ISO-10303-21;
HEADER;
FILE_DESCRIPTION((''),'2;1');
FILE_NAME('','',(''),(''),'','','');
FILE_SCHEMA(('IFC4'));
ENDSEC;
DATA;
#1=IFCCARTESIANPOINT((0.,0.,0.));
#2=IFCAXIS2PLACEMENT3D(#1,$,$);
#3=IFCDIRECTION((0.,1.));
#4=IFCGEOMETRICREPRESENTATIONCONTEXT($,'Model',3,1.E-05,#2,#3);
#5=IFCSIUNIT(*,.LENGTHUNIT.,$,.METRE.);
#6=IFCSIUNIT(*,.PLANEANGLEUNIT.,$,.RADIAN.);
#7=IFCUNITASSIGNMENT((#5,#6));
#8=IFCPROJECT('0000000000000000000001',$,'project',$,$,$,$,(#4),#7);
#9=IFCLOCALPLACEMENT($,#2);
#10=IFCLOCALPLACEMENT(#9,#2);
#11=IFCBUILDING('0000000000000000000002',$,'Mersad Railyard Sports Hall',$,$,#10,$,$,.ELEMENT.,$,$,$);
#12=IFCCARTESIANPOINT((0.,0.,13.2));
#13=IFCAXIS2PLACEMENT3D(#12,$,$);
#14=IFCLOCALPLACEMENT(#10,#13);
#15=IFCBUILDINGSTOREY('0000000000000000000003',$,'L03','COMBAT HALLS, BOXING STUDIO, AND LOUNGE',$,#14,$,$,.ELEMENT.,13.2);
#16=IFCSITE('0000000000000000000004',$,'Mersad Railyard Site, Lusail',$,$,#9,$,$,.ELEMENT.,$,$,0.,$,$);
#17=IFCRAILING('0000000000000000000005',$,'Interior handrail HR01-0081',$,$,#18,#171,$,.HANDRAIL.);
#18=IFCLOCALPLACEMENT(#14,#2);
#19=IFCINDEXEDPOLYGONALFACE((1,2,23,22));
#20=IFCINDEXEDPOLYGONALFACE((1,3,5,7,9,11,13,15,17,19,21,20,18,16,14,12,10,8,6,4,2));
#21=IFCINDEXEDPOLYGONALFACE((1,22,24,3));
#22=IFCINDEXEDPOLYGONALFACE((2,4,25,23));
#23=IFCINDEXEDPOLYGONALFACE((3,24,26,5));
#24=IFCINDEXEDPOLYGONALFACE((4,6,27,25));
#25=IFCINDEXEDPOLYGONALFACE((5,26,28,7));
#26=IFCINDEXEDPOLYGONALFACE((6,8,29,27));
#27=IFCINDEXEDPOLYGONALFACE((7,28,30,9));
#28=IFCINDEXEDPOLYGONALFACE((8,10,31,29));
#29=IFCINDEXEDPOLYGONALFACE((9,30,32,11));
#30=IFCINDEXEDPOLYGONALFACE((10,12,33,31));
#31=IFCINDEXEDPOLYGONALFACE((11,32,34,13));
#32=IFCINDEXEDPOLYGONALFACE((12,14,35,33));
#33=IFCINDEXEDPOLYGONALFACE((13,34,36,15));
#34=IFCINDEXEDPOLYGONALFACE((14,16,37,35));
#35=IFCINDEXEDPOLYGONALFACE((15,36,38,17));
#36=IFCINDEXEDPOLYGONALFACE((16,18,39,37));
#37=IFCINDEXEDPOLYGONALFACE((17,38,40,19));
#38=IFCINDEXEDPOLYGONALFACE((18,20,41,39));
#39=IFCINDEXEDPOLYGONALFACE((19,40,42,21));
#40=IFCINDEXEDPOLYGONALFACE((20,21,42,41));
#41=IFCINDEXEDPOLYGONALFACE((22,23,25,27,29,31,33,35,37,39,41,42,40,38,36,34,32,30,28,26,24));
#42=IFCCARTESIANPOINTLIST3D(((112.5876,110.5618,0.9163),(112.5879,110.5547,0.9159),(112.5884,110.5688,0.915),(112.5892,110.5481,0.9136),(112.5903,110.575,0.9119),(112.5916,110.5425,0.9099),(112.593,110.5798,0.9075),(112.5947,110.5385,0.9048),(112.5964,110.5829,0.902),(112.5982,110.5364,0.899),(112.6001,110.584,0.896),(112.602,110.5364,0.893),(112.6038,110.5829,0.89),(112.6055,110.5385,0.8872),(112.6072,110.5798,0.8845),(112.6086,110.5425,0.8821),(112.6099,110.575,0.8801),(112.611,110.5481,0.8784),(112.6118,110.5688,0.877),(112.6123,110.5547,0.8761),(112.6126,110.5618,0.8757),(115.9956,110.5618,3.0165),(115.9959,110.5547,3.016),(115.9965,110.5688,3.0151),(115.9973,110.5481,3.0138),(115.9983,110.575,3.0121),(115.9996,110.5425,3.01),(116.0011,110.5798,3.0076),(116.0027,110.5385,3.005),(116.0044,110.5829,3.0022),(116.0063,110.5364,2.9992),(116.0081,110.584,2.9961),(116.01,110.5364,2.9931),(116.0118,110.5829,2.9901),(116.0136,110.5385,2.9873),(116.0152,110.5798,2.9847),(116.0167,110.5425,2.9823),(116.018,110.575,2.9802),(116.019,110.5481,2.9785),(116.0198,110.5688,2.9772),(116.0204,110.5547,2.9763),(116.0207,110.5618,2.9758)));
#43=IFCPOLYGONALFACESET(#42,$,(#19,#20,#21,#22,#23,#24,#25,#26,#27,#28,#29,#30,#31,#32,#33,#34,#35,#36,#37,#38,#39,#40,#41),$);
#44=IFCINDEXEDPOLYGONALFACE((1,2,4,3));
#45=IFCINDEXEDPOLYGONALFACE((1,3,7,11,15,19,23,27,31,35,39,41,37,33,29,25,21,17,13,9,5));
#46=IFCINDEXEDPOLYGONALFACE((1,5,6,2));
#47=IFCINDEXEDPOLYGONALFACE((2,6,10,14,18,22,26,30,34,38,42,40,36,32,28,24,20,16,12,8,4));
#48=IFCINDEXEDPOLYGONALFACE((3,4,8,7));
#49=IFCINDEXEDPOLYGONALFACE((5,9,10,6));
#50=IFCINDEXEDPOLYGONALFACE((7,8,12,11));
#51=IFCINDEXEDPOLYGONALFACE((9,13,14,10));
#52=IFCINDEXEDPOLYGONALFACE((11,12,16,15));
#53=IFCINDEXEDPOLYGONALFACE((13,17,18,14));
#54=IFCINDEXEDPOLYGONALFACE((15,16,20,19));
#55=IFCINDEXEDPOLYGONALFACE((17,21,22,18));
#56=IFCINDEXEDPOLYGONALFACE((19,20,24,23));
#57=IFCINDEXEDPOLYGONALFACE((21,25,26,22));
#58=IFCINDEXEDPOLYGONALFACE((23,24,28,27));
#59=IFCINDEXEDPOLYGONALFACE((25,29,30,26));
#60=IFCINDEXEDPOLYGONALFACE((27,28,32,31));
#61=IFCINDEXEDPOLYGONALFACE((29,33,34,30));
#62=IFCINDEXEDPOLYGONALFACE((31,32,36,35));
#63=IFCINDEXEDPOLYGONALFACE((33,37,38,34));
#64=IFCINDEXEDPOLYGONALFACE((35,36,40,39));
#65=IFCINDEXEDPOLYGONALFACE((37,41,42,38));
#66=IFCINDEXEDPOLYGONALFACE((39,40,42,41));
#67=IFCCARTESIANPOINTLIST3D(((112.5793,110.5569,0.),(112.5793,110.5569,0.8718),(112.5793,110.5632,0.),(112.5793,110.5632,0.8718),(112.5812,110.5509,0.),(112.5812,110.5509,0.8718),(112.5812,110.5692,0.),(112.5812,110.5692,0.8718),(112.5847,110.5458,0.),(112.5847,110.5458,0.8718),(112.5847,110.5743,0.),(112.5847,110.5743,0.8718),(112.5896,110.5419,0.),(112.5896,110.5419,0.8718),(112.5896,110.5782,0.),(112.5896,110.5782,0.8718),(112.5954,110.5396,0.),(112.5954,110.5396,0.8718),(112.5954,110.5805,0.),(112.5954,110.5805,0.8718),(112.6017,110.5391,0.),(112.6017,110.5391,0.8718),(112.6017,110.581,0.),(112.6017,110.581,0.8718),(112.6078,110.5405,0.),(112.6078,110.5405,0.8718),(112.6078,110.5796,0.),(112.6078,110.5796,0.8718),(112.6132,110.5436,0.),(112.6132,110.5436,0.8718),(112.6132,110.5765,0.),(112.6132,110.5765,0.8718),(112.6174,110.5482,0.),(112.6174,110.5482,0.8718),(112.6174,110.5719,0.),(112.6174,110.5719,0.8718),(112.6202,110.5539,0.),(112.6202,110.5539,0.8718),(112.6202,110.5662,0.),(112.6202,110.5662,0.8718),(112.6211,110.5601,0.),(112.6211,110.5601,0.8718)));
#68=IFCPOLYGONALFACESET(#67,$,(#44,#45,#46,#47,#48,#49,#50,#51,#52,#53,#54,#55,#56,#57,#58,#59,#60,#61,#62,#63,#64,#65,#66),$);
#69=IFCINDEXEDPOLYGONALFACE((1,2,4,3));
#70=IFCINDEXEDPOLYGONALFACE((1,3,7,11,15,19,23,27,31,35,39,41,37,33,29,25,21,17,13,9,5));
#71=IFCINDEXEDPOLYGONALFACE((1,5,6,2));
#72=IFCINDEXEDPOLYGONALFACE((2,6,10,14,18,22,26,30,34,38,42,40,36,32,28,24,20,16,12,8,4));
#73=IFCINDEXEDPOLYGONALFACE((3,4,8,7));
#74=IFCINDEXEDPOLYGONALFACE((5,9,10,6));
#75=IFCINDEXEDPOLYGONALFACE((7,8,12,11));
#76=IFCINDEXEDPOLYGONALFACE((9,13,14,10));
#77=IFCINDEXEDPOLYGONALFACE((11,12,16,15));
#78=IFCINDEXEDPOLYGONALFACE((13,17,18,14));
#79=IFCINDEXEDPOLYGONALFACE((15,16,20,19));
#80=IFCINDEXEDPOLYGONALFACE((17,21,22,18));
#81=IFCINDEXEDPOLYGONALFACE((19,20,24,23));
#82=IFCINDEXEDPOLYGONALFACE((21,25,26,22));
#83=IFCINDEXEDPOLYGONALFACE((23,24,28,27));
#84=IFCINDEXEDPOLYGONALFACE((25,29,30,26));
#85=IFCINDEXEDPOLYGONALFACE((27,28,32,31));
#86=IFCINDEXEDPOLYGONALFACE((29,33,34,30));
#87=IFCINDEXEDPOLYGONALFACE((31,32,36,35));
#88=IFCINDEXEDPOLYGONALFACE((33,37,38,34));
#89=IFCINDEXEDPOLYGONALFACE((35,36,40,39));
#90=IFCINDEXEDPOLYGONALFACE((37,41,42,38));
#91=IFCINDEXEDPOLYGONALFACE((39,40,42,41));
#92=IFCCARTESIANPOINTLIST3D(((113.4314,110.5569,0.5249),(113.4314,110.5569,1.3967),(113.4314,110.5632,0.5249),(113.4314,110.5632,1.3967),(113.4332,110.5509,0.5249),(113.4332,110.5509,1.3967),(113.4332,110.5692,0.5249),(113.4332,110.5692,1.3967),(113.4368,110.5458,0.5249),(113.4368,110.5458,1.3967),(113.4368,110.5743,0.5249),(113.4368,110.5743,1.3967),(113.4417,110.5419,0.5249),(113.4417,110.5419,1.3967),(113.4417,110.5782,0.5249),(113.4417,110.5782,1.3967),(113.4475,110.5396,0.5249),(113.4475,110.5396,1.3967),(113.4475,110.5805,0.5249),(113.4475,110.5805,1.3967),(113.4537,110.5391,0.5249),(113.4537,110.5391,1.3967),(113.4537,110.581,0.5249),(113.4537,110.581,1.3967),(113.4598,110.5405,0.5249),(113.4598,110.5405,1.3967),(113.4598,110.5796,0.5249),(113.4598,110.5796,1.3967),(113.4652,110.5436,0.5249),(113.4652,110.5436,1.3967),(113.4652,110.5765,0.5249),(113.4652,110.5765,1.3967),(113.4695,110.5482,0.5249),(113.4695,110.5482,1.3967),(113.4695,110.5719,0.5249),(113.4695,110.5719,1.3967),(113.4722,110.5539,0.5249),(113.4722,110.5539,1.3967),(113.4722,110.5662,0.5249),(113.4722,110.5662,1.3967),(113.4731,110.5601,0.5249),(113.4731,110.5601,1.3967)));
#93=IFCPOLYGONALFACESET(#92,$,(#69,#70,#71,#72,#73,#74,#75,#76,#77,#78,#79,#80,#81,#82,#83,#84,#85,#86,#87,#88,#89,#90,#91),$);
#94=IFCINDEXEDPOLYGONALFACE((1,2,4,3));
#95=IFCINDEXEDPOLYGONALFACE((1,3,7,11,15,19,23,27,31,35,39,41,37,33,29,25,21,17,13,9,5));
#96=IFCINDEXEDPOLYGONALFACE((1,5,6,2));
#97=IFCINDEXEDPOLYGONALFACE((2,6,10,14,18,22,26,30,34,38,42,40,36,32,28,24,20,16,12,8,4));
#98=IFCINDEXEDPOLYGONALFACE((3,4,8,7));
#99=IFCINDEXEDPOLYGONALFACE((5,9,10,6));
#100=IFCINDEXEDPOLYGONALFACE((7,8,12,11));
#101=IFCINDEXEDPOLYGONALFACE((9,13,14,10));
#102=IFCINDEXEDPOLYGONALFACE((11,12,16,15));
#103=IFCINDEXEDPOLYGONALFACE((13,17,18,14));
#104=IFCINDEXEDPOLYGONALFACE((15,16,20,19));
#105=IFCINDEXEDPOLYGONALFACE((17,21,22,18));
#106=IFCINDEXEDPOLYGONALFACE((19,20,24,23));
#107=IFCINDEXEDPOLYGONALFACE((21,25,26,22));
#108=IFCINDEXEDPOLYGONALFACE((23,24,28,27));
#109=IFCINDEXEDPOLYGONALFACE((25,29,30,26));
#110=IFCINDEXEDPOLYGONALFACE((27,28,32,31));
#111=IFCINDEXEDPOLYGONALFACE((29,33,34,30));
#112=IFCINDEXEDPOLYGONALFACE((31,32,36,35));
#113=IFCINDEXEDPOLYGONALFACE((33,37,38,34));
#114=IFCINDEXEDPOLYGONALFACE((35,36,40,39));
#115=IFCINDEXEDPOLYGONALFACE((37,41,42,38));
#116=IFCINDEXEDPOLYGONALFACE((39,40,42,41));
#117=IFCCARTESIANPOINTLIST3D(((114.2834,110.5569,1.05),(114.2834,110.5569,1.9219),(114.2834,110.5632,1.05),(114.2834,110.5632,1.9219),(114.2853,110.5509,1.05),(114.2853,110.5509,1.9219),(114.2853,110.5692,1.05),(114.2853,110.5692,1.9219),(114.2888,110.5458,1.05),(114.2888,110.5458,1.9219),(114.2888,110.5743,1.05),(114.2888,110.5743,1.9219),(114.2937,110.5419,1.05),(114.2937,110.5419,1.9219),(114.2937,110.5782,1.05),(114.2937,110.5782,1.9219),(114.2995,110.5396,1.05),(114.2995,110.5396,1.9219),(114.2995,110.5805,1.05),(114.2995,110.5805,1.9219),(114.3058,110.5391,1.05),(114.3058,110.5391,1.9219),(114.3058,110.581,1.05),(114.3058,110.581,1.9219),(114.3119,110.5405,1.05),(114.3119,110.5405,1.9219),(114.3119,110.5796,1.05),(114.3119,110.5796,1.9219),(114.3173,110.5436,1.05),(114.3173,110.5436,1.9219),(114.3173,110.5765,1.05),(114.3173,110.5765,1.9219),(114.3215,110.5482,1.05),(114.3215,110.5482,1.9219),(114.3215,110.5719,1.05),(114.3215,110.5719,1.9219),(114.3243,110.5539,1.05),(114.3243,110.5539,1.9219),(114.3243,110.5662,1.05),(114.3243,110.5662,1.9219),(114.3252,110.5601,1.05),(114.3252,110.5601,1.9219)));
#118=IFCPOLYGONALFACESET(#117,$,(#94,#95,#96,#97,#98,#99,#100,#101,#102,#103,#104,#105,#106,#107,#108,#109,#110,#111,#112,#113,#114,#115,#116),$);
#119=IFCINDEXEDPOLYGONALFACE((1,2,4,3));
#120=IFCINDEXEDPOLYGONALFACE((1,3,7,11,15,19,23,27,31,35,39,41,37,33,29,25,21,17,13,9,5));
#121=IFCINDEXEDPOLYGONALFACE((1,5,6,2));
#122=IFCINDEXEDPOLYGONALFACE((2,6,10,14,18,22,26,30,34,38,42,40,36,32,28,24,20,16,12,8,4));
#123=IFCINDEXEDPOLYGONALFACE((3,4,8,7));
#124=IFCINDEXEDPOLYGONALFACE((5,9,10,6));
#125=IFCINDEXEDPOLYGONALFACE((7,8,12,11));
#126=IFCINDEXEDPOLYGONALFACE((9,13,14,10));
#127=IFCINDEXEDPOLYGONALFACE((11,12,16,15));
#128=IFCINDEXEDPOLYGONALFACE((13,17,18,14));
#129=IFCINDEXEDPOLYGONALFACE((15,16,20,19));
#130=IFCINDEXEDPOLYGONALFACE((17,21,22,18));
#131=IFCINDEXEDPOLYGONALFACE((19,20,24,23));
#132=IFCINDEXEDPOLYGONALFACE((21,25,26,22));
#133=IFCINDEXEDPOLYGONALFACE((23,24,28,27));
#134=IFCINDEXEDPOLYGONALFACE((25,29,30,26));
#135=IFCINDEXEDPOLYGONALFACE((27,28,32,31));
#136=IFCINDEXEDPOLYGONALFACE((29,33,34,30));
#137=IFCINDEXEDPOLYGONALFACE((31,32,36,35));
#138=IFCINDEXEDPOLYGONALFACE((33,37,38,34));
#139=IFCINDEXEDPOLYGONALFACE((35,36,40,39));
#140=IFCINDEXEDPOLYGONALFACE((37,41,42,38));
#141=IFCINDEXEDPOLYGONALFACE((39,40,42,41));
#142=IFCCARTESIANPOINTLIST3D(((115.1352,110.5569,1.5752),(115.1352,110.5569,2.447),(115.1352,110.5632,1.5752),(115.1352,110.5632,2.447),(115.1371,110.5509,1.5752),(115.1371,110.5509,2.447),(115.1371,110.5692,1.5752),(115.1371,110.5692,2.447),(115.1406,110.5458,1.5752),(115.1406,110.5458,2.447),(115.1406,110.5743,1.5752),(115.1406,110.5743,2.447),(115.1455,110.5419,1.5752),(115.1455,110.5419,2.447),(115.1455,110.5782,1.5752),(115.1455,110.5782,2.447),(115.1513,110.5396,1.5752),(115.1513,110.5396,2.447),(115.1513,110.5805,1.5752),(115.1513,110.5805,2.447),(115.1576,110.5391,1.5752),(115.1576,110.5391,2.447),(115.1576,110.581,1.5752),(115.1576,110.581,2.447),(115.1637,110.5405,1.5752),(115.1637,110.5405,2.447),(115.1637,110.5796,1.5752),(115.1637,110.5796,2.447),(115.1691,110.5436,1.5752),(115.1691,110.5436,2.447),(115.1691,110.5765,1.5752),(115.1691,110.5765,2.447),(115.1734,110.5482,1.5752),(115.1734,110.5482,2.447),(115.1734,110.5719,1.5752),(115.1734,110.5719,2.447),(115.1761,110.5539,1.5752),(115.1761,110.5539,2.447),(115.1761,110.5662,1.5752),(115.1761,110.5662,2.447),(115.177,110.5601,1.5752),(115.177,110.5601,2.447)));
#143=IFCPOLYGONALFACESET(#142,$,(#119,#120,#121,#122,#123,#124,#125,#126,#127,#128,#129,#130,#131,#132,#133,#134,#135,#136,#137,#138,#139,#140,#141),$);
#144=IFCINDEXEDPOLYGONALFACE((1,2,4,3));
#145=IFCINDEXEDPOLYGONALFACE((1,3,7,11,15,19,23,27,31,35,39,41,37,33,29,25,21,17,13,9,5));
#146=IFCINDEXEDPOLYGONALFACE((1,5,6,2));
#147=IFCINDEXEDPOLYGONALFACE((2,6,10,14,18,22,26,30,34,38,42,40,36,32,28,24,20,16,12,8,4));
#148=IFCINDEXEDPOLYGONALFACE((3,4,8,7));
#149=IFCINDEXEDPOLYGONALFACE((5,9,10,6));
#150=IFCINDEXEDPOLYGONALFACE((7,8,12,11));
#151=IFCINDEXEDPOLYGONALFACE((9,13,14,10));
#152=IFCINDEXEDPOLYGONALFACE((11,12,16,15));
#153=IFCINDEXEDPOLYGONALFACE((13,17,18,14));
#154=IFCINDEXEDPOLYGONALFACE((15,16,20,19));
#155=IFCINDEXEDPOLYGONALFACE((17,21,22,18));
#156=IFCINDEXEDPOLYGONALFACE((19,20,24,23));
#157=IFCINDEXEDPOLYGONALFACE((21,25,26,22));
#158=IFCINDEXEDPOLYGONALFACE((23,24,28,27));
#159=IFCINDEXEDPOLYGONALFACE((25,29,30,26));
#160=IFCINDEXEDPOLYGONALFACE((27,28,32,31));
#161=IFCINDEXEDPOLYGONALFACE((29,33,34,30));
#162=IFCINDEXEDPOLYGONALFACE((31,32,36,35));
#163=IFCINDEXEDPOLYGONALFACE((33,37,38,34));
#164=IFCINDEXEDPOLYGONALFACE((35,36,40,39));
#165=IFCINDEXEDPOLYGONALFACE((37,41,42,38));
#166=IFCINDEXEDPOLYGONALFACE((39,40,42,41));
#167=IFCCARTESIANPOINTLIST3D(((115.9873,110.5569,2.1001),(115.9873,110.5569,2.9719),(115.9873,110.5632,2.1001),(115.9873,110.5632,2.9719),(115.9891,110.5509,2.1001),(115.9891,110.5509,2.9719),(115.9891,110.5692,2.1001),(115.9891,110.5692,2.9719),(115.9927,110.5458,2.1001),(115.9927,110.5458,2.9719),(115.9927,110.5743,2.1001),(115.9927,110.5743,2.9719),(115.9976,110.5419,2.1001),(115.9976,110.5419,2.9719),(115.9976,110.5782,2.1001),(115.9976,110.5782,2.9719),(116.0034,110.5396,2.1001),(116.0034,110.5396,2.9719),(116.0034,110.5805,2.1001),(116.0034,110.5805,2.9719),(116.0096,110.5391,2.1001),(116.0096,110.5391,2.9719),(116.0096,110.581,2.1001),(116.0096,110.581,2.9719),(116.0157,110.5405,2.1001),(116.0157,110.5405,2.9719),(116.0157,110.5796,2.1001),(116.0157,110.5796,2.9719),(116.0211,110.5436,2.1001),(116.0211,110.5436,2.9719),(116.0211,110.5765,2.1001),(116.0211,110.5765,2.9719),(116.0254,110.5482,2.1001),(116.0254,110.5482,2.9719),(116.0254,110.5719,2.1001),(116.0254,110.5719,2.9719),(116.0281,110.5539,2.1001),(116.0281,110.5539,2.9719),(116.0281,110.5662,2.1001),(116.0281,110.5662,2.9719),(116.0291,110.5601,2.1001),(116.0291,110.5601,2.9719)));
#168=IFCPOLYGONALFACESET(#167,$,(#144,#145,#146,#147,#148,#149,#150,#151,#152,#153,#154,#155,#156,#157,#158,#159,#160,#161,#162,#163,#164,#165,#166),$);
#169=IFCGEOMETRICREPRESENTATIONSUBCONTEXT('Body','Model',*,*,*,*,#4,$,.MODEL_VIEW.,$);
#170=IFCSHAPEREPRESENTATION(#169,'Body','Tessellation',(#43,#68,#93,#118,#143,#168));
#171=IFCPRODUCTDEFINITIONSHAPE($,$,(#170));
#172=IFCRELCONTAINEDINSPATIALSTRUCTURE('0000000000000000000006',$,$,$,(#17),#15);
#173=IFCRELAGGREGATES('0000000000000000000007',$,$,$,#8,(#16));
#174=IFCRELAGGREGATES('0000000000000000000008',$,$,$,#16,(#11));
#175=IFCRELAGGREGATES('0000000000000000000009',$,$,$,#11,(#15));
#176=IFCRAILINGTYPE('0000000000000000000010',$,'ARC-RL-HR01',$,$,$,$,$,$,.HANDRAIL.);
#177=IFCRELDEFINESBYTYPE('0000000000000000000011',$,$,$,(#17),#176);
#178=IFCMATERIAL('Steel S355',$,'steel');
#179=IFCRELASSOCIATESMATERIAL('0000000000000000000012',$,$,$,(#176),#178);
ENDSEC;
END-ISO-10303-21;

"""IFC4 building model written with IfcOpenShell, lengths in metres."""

from ifc_helpers import new_model, si_unit, direction, frame, origin, origin_2d, place, context, subcontext, project, spatial, circle, extrude, material, type_object, element, save


model = new_model("IFC4")

# Units and contexts
model_context = context("Model", 3, precision=1e-05, world=origin(), true_north=direction((0.0, 1.0)))
body_context = subcontext(model_context, "Body", "Model", "MODEL_VIEW")
ifc_project = project(units=[si_unit("LENGTHUNIT", "METRE"), si_unit("PLANEANGLEUNIT", "RADIAN")], contexts=[model_context])

# Site, building, storey
site_placement = place(None, origin())
site = spatial("IfcSite", under=ifc_project, at=site_placement, Name="Mersad Railyard Site, Lusail", CompositionType="ELEMENT", RefElevation=0.0)
building_placement = place(site_placement, origin())
building = spatial("IfcBuilding", under=site, at=building_placement, Name="Mersad Railyard Sports Hall", CompositionType="ELEMENT")
storey_placement = place(building_placement, frame((0.0, 0.0, 13.2)))
storey = spatial("IfcBuildingStorey", under=building, at=storey_placement, Name="L03", Description="COMBAT HALLS, BOXING STUDIO, AND LOUNGE", CompositionType="ELEMENT", Elevation=13.2)

# Shared definitions
ifc_material_1 = material(Name="Steel S355", Category="steel")

# Railing
railing_type_1 = type_object("IfcRailingType", Name="ARC-RL-HR01", PredefinedType="HANDRAIL", material=ifc_material_1)
railing_1_placement = place(storey_placement, frame((112.6001, 110.5601, 0.0)))
element("IfcRailing", 1, at=railing_1_placement, inside=storey, type_object=railing_type_1, Name="Interior handrail HR01-0081", PredefinedType="HANDRAIL", context=body_context, shape_type="SweptSolid", body=[
    extrude(circle(Radius=0.0239, at=origin_2d()), frame((0.0, 0.0, 0.896), z_axis=(0.851336, 0.0, 0.524621), x_axis=(0.0, 1.0, 0.0)), (0.0, 0.0, 1.0), 4.0032),
    extrude(circle(Radius=0.021, at=origin_2d()), origin(), (0.0, 0.0, 1.0), 0.8718),
    extrude(circle(Radius=0.021, at=origin_2d()), frame((0.8521, 0.0, 0.5249)), (0.0, 0.0, 1.0), 0.8718),
    extrude(circle(Radius=0.021, at=origin_2d()), frame((1.7041, 0.0, 1.05)), (0.0, 0.0, 1.0), 0.8718),
    extrude(circle(Radius=0.021, at=origin_2d()), frame((2.5559, 0.0, 1.5752)), (0.0, 0.0, 1.0), 0.8718),
    extrude(circle(Radius=0.021, at=origin_2d()), frame((3.408, 0.0, 2.1001)), (0.0, 0.0, 1.0), 0.8718),
])

save(model, "model.ifc")
